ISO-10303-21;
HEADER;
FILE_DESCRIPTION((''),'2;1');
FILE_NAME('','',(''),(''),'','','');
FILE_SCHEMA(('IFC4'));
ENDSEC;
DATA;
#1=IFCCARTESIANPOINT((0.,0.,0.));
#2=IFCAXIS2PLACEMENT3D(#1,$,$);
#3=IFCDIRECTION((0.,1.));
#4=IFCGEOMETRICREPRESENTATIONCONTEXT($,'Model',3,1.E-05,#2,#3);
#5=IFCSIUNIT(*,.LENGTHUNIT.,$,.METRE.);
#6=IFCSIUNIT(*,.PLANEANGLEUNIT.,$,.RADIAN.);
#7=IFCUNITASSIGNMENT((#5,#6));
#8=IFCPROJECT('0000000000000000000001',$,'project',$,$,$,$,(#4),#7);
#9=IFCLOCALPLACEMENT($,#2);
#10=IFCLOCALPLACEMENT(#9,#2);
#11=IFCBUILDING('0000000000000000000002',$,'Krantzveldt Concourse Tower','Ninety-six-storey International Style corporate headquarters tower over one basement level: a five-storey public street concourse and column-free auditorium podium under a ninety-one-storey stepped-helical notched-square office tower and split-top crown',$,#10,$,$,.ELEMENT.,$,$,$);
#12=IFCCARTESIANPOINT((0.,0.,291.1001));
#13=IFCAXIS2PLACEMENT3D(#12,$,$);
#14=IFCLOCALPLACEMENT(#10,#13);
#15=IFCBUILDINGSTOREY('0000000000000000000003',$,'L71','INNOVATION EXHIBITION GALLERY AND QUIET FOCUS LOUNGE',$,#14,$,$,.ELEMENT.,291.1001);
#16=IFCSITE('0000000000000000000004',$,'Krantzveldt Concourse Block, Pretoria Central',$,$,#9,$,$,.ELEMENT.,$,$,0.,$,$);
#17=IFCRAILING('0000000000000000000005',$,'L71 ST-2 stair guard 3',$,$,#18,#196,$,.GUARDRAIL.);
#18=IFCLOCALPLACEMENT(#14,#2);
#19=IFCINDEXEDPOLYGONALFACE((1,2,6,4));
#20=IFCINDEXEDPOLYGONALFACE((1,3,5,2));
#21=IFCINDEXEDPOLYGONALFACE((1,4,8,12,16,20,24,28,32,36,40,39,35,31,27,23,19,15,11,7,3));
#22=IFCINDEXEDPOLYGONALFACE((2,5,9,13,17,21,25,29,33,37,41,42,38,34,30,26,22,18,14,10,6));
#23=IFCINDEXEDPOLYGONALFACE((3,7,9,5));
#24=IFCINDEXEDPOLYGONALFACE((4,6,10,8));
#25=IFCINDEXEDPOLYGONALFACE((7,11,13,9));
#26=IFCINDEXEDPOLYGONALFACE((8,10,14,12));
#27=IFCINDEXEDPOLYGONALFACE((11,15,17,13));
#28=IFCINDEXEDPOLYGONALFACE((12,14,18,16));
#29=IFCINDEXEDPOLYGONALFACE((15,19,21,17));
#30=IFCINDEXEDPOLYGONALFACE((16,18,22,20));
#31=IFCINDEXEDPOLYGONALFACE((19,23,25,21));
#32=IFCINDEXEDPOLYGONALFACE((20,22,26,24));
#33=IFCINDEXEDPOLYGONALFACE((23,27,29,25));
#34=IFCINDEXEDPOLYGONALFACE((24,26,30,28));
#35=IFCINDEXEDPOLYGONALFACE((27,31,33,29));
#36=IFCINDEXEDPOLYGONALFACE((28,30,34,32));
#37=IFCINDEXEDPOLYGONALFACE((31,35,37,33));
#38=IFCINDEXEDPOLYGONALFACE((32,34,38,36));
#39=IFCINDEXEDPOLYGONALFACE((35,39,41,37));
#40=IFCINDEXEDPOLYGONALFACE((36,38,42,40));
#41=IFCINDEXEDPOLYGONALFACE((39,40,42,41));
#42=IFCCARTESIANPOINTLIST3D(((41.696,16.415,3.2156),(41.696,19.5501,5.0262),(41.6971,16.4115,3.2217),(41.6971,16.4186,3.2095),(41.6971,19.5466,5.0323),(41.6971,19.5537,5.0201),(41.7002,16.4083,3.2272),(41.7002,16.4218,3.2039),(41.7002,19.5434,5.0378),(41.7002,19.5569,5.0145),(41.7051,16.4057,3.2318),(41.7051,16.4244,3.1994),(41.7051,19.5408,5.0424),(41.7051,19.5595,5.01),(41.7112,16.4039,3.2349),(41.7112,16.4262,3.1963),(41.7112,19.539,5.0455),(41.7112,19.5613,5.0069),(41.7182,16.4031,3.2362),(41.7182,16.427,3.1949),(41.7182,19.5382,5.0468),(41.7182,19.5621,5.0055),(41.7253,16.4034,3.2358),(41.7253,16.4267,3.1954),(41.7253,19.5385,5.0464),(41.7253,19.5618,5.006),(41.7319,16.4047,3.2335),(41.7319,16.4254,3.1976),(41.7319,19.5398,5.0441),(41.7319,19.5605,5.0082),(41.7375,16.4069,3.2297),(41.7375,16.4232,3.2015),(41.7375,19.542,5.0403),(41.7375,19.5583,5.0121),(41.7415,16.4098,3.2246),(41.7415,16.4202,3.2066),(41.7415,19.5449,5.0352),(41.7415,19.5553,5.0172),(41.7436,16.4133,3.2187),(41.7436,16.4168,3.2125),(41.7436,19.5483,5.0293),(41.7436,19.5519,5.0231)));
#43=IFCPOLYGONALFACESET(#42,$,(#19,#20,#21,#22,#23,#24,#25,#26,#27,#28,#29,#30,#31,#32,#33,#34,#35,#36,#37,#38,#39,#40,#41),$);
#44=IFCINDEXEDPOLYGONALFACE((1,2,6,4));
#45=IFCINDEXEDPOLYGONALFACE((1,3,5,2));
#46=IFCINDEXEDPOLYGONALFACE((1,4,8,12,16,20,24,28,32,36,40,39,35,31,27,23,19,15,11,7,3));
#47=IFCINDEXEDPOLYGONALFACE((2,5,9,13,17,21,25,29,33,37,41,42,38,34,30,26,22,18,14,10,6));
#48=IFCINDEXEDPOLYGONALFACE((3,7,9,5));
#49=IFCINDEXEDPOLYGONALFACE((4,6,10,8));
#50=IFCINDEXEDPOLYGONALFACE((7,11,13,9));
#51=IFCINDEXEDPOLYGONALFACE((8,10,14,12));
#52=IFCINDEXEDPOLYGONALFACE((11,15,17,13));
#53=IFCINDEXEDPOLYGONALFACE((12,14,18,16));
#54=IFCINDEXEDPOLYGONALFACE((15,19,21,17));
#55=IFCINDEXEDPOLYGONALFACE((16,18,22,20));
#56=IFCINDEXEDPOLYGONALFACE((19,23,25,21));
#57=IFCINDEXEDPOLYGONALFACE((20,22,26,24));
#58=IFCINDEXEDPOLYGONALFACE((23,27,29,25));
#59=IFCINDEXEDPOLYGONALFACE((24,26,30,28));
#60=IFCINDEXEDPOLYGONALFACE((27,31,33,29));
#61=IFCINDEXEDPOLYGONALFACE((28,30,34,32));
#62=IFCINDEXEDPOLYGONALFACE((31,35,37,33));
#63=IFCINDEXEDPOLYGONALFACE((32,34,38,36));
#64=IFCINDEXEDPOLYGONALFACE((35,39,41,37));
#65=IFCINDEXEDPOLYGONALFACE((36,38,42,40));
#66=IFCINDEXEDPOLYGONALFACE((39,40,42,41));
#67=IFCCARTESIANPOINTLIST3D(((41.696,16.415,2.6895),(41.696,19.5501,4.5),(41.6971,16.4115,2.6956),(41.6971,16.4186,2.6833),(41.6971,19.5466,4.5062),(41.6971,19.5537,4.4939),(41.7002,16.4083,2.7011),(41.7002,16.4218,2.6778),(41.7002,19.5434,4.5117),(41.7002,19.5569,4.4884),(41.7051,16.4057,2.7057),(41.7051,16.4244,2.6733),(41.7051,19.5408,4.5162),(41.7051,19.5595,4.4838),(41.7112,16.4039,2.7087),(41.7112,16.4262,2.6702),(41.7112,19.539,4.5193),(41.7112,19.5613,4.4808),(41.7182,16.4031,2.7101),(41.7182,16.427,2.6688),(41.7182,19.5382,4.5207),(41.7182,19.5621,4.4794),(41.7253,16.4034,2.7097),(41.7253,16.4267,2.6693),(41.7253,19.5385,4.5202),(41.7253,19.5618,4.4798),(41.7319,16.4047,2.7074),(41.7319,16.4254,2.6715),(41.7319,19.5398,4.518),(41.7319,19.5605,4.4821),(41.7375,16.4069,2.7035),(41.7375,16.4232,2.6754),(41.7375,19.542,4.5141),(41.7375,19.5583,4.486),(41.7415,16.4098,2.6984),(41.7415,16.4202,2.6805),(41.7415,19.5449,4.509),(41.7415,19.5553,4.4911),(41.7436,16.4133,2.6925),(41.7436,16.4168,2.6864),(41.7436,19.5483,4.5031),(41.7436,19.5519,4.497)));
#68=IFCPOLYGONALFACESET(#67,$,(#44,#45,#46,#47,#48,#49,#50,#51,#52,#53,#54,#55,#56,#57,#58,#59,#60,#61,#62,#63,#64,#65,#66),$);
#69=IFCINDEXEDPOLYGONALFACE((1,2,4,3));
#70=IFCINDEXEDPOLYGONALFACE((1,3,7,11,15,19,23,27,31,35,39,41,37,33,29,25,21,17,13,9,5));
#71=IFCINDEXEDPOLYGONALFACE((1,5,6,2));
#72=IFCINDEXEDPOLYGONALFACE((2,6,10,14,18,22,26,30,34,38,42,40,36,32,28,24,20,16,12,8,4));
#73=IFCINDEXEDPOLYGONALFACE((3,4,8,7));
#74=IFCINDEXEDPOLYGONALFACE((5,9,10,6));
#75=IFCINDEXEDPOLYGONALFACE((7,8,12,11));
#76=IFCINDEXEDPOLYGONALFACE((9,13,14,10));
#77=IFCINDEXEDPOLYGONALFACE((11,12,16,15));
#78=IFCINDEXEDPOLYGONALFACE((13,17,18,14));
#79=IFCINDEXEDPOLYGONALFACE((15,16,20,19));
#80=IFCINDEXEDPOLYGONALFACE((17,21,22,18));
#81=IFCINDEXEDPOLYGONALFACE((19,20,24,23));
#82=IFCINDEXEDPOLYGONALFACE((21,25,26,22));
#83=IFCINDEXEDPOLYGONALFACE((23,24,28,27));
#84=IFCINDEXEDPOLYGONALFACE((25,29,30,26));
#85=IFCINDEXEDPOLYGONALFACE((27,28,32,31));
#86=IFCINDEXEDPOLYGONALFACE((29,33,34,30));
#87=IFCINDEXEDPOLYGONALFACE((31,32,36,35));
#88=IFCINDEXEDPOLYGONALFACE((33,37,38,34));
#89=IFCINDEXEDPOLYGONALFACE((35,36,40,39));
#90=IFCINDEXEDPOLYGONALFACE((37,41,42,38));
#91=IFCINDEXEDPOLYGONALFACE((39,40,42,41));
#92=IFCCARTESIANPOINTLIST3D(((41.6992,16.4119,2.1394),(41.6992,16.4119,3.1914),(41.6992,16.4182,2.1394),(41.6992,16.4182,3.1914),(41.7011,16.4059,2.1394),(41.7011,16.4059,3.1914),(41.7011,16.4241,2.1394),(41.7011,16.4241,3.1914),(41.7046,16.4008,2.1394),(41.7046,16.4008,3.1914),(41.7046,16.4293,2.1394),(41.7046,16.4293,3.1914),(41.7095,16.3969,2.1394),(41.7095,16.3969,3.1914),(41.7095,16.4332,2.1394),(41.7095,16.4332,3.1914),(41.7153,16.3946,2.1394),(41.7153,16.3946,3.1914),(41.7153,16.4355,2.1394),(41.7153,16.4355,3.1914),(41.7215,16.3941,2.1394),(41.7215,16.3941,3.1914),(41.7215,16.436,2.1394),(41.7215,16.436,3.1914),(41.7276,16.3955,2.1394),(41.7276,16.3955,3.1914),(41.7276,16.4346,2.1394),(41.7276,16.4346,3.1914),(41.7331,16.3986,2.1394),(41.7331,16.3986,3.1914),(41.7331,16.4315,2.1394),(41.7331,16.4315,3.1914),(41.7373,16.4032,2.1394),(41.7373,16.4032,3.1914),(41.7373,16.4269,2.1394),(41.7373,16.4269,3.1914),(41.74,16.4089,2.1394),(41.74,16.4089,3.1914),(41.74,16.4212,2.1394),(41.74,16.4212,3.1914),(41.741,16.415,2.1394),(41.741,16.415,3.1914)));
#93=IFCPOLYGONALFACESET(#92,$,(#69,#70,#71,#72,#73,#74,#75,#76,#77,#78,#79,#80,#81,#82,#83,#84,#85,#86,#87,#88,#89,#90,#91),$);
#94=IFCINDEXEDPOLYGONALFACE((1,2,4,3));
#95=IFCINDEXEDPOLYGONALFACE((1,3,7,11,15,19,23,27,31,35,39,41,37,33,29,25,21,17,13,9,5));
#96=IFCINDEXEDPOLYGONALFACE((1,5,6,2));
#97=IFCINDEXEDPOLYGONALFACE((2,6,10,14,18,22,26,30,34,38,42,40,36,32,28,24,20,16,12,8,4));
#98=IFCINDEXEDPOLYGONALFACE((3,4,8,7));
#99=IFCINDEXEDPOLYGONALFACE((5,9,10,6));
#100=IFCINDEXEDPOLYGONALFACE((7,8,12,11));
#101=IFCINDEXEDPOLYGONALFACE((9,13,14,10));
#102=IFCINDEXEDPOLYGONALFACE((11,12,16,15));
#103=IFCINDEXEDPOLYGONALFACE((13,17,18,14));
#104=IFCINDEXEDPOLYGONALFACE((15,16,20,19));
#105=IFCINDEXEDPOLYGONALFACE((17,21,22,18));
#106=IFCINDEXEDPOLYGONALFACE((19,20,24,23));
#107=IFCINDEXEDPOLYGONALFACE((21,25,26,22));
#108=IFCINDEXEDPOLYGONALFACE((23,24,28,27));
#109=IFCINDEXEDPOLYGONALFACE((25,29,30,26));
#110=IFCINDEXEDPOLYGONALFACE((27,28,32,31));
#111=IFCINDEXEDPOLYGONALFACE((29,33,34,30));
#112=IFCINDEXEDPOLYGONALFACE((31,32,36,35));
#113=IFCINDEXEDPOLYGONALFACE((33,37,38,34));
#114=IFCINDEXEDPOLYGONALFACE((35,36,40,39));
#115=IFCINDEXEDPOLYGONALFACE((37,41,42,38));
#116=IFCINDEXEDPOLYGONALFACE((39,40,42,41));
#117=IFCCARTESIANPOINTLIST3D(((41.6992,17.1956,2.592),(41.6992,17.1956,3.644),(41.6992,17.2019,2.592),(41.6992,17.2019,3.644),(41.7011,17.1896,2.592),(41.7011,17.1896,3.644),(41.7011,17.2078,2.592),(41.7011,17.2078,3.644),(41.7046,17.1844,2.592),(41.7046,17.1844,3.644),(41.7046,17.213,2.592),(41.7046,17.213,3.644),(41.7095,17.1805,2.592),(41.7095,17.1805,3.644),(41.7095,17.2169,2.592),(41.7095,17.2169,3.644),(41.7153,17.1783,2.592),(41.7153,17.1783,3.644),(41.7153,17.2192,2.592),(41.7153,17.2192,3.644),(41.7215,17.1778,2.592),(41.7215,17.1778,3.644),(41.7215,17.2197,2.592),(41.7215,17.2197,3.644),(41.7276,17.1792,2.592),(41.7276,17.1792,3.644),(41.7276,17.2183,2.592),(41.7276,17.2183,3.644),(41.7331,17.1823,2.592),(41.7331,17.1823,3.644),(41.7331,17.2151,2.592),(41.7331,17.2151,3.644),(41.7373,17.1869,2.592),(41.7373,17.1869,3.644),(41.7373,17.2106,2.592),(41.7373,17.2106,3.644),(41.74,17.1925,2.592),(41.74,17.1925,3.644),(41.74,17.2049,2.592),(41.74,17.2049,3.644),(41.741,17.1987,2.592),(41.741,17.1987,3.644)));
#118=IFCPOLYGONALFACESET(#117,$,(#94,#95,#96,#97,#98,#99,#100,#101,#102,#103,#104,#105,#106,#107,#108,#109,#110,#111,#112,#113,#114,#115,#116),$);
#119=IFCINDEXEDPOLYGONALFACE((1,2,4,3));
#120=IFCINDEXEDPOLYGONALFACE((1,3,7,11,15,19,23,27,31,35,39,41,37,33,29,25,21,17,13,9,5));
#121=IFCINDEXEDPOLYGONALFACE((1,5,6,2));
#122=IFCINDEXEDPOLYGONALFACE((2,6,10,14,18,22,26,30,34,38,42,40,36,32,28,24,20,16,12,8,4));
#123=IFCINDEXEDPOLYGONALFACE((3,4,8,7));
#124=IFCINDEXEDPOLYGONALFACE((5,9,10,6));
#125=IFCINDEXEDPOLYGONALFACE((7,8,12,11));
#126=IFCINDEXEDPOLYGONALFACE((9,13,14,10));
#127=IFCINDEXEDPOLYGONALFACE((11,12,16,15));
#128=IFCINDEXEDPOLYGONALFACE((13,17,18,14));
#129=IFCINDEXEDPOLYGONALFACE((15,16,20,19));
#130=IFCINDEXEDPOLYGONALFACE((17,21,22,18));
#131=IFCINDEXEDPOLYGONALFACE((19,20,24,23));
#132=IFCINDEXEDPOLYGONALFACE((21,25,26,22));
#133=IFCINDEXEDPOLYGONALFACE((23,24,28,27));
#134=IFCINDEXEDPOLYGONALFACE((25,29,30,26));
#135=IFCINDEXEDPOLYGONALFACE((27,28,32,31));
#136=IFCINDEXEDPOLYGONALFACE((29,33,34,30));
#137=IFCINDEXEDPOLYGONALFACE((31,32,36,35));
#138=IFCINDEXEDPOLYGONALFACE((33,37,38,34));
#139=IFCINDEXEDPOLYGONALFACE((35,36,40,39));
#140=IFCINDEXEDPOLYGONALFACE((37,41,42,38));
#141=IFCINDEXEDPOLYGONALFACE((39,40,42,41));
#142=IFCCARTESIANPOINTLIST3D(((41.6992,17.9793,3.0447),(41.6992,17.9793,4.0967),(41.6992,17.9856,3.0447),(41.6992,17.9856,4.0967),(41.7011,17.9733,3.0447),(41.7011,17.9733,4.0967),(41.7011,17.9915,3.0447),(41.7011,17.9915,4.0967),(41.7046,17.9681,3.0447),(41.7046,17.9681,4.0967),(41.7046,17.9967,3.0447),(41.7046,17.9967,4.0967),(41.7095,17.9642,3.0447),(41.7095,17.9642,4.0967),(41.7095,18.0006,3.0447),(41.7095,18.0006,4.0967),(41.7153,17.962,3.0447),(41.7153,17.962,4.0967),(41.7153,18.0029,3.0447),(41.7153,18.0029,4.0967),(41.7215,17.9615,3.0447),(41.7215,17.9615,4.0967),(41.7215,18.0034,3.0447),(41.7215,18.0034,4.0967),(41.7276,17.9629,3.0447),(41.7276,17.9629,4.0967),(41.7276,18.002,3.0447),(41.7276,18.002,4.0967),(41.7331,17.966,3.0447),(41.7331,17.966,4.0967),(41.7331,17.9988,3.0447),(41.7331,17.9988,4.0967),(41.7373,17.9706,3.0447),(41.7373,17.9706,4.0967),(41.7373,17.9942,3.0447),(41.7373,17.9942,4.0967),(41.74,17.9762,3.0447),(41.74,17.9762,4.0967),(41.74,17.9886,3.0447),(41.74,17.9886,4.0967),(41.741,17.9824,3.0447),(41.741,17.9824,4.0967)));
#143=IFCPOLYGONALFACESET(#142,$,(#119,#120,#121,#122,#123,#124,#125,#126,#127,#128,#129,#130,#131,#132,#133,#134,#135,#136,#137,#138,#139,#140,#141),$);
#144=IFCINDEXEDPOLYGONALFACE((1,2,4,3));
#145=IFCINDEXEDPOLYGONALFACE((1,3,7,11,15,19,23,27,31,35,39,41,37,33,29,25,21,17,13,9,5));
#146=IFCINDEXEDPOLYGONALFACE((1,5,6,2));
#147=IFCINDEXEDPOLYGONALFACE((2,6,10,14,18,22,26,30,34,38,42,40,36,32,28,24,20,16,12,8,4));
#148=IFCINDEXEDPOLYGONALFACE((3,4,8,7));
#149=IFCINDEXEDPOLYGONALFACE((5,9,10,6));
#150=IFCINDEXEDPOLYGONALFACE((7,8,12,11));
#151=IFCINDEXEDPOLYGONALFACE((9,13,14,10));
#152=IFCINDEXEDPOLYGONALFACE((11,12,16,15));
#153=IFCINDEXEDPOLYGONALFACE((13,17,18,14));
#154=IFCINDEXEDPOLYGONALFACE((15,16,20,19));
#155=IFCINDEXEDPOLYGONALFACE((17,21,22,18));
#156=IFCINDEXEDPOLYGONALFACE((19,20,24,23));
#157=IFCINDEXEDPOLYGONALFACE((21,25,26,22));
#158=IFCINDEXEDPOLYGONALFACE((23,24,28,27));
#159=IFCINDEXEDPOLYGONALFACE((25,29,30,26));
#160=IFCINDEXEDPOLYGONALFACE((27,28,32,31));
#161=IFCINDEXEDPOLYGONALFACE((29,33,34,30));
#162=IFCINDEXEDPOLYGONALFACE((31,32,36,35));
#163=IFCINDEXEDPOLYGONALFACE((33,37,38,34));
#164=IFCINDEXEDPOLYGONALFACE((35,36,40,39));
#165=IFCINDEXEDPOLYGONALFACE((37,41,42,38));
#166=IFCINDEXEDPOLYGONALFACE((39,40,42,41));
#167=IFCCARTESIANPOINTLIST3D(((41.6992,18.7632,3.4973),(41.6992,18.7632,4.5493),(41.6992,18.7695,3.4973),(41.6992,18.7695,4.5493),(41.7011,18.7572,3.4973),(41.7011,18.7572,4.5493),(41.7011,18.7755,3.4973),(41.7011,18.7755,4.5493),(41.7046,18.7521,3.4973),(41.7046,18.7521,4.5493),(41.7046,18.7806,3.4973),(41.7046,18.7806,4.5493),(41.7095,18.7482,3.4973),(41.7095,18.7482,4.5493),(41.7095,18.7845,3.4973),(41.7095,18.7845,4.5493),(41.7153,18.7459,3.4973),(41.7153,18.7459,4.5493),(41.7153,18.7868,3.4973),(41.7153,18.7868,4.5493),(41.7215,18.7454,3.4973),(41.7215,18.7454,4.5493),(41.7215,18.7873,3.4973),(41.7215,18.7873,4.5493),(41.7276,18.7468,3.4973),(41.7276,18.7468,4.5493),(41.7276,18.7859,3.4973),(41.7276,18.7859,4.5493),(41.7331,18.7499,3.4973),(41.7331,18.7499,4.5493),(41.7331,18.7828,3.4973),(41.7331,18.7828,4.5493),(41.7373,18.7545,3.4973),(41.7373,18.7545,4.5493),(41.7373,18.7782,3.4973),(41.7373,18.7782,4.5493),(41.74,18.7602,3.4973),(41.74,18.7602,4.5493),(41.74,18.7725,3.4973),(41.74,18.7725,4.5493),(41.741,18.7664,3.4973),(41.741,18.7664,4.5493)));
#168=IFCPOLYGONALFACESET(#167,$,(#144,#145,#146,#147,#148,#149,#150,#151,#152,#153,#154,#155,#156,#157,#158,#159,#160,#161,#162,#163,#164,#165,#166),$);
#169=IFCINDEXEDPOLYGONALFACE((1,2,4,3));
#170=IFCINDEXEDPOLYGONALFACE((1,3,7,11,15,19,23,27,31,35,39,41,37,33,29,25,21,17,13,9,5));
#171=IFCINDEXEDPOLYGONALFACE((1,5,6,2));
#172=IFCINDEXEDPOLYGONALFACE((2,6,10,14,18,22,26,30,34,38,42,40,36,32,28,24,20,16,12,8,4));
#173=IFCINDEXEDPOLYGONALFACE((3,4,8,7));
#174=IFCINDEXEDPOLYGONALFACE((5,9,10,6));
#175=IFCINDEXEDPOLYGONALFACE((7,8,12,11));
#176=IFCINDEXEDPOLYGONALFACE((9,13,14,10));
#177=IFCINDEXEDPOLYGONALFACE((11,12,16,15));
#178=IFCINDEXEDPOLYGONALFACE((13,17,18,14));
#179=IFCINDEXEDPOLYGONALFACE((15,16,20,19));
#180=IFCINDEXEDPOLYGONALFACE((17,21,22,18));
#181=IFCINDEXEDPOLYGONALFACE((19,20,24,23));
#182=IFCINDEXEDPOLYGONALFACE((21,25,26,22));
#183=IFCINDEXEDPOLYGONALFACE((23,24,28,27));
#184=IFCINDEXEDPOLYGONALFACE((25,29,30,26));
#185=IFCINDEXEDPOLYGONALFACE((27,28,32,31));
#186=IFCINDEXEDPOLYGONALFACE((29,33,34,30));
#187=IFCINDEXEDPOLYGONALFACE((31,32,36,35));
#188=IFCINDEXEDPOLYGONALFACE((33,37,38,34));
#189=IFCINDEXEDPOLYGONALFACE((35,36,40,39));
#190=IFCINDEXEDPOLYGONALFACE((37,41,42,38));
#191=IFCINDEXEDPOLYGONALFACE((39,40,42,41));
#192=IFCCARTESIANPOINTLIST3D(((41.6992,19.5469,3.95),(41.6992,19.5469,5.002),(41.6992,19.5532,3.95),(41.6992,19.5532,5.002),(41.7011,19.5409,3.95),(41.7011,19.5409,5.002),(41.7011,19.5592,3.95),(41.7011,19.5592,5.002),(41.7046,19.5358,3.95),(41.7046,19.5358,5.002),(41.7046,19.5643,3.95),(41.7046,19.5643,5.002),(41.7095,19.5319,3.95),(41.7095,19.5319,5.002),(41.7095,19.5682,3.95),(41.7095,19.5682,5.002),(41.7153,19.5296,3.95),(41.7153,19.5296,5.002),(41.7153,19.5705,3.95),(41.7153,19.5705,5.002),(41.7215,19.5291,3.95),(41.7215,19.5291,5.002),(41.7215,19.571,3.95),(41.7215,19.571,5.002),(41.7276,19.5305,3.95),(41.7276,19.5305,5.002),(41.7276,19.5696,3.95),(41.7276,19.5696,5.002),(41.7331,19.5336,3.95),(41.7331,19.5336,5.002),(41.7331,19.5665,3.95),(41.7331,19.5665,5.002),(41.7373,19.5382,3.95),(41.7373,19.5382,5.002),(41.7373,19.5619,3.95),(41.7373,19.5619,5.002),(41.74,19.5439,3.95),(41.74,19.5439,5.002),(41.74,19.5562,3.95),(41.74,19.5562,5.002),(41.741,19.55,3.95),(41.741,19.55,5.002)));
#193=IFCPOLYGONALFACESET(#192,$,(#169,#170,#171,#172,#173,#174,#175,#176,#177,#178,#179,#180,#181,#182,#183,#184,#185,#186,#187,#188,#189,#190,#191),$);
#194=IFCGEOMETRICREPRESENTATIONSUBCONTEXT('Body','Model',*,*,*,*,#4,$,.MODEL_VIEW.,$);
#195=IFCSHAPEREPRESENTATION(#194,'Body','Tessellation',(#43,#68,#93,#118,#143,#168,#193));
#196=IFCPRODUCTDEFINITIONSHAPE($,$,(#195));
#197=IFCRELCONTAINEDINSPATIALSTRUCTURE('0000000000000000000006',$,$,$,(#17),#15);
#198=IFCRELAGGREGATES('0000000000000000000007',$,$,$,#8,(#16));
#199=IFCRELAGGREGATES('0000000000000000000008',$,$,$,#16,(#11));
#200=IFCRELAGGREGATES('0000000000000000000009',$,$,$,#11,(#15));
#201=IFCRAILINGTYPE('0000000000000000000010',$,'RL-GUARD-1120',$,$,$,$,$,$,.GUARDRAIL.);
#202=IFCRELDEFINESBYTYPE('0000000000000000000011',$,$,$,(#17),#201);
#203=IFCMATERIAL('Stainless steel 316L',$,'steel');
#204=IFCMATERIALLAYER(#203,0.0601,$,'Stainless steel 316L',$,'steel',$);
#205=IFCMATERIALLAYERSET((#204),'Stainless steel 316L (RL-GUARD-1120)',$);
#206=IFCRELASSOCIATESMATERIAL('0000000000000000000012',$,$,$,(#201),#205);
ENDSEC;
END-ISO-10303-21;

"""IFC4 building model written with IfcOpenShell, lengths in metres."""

from ifc_helpers import new_model, si_unit, direction, frame, origin, origin_2d, place, context, subcontext, project, spatial, circle, extrude, material, layer, layer_set, type_object, element, save


model = new_model("IFC4")

# Units and contexts
model_context = context("Model", 3, precision=1e-05, world=origin(), true_north=direction((0.0, 1.0)))
body_context = subcontext(model_context, "Body", "Model", "MODEL_VIEW")
ifc_project = project(units=[si_unit("LENGTHUNIT", "METRE"), si_unit("PLANEANGLEUNIT", "RADIAN")], contexts=[model_context])

# Site, building, storey
site_placement = place(None, origin())
site = spatial("IfcSite", under=ifc_project, at=site_placement, Name="Krantzveldt Concourse Block, Pretoria Central", CompositionType="ELEMENT", RefElevation=0.0)
building_placement = place(site_placement, origin())
building = spatial("IfcBuilding", under=site, at=building_placement, Name="Krantzveldt Concourse Tower", Description="Ninety-six-storey International Style corporate headquarters tower over one basement level: a five-storey public street concourse and column-free auditorium podium under a ninety-one-storey stepped-helical notched-square office tower and split-top crown", CompositionType="ELEMENT")
storey_placement = place(building_placement, frame((0.0, 0.0, 291.1001)))
storey = spatial("IfcBuildingStorey", under=building, at=storey_placement, Name="L71", Description="INNOVATION EXHIBITION GALLERY AND QUIET FOCUS LOUNGE", CompositionType="ELEMENT", Elevation=291.1001)

# Railing
ifc_material_1 = material(Name="Stainless steel 316L", Category="steel")
ifc_layer_1 = layer(ifc_material_1, 0.0601, Name="Stainless steel 316L", Category="steel")
ifc_layer_set_1 = layer_set([ifc_layer_1], Name="Stainless steel 316L (RL-GUARD-1120)")
railing_type_1 = type_object("IfcRailingType", Name="RL-GUARD-1120", PredefinedType="GUARDRAIL", material=ifc_layer_set_1)
railing_1_placement = place(storey_placement, frame((41.72, 16.415, 2.1394)))
element("IfcRailing", 1, at=railing_1_placement, inside=storey, type_object=railing_type_1, Name="L71 ST-2 stair guard 3", PredefinedType="GUARDRAIL", context=body_context, shape_type="SweptSolid", body=[
    extrude(circle(Radius=0.0239, at=origin_2d()), frame((0.0, 0.0, 1.0762), z_axis=(0.0, 0.86596, 0.500114), x_axis=(-1.0, 0.0, 0.0)), (0.0, 0.0, 1.0), 3.6204),
    extrude(circle(Radius=0.0239, at=origin_2d()), frame((0.0, 0.0, 0.55), z_axis=(0.0, 0.86596, 0.500114), x_axis=(-1.0, 0.0, 0.0)), (0.0, 0.0, 1.0), 3.6204),
    extrude(circle(Radius=0.021, at=origin_2d()), origin(), (0.0, 0.0, 1.0), 1.052),
    extrude(circle(Radius=0.021, at=origin_2d()), frame((0.0, 0.7837, 0.4526)), (0.0, 0.0, 1.0), 1.052),
    extrude(circle(Radius=0.021, at=origin_2d()), frame((0.0, 1.5674, 0.9053)), (0.0, 0.0, 1.0), 1.052),
    extrude(circle(Radius=0.021, at=origin_2d()), frame((0.0, 2.3513, 1.3579)), (0.0, 0.0, 1.0), 1.052),
    extrude(circle(Radius=0.021, at=origin_2d()), frame((0.0, 3.135, 1.8105)), (0.0, 0.0, 1.0), 1.052),
])

save(model, "model.ifc")
